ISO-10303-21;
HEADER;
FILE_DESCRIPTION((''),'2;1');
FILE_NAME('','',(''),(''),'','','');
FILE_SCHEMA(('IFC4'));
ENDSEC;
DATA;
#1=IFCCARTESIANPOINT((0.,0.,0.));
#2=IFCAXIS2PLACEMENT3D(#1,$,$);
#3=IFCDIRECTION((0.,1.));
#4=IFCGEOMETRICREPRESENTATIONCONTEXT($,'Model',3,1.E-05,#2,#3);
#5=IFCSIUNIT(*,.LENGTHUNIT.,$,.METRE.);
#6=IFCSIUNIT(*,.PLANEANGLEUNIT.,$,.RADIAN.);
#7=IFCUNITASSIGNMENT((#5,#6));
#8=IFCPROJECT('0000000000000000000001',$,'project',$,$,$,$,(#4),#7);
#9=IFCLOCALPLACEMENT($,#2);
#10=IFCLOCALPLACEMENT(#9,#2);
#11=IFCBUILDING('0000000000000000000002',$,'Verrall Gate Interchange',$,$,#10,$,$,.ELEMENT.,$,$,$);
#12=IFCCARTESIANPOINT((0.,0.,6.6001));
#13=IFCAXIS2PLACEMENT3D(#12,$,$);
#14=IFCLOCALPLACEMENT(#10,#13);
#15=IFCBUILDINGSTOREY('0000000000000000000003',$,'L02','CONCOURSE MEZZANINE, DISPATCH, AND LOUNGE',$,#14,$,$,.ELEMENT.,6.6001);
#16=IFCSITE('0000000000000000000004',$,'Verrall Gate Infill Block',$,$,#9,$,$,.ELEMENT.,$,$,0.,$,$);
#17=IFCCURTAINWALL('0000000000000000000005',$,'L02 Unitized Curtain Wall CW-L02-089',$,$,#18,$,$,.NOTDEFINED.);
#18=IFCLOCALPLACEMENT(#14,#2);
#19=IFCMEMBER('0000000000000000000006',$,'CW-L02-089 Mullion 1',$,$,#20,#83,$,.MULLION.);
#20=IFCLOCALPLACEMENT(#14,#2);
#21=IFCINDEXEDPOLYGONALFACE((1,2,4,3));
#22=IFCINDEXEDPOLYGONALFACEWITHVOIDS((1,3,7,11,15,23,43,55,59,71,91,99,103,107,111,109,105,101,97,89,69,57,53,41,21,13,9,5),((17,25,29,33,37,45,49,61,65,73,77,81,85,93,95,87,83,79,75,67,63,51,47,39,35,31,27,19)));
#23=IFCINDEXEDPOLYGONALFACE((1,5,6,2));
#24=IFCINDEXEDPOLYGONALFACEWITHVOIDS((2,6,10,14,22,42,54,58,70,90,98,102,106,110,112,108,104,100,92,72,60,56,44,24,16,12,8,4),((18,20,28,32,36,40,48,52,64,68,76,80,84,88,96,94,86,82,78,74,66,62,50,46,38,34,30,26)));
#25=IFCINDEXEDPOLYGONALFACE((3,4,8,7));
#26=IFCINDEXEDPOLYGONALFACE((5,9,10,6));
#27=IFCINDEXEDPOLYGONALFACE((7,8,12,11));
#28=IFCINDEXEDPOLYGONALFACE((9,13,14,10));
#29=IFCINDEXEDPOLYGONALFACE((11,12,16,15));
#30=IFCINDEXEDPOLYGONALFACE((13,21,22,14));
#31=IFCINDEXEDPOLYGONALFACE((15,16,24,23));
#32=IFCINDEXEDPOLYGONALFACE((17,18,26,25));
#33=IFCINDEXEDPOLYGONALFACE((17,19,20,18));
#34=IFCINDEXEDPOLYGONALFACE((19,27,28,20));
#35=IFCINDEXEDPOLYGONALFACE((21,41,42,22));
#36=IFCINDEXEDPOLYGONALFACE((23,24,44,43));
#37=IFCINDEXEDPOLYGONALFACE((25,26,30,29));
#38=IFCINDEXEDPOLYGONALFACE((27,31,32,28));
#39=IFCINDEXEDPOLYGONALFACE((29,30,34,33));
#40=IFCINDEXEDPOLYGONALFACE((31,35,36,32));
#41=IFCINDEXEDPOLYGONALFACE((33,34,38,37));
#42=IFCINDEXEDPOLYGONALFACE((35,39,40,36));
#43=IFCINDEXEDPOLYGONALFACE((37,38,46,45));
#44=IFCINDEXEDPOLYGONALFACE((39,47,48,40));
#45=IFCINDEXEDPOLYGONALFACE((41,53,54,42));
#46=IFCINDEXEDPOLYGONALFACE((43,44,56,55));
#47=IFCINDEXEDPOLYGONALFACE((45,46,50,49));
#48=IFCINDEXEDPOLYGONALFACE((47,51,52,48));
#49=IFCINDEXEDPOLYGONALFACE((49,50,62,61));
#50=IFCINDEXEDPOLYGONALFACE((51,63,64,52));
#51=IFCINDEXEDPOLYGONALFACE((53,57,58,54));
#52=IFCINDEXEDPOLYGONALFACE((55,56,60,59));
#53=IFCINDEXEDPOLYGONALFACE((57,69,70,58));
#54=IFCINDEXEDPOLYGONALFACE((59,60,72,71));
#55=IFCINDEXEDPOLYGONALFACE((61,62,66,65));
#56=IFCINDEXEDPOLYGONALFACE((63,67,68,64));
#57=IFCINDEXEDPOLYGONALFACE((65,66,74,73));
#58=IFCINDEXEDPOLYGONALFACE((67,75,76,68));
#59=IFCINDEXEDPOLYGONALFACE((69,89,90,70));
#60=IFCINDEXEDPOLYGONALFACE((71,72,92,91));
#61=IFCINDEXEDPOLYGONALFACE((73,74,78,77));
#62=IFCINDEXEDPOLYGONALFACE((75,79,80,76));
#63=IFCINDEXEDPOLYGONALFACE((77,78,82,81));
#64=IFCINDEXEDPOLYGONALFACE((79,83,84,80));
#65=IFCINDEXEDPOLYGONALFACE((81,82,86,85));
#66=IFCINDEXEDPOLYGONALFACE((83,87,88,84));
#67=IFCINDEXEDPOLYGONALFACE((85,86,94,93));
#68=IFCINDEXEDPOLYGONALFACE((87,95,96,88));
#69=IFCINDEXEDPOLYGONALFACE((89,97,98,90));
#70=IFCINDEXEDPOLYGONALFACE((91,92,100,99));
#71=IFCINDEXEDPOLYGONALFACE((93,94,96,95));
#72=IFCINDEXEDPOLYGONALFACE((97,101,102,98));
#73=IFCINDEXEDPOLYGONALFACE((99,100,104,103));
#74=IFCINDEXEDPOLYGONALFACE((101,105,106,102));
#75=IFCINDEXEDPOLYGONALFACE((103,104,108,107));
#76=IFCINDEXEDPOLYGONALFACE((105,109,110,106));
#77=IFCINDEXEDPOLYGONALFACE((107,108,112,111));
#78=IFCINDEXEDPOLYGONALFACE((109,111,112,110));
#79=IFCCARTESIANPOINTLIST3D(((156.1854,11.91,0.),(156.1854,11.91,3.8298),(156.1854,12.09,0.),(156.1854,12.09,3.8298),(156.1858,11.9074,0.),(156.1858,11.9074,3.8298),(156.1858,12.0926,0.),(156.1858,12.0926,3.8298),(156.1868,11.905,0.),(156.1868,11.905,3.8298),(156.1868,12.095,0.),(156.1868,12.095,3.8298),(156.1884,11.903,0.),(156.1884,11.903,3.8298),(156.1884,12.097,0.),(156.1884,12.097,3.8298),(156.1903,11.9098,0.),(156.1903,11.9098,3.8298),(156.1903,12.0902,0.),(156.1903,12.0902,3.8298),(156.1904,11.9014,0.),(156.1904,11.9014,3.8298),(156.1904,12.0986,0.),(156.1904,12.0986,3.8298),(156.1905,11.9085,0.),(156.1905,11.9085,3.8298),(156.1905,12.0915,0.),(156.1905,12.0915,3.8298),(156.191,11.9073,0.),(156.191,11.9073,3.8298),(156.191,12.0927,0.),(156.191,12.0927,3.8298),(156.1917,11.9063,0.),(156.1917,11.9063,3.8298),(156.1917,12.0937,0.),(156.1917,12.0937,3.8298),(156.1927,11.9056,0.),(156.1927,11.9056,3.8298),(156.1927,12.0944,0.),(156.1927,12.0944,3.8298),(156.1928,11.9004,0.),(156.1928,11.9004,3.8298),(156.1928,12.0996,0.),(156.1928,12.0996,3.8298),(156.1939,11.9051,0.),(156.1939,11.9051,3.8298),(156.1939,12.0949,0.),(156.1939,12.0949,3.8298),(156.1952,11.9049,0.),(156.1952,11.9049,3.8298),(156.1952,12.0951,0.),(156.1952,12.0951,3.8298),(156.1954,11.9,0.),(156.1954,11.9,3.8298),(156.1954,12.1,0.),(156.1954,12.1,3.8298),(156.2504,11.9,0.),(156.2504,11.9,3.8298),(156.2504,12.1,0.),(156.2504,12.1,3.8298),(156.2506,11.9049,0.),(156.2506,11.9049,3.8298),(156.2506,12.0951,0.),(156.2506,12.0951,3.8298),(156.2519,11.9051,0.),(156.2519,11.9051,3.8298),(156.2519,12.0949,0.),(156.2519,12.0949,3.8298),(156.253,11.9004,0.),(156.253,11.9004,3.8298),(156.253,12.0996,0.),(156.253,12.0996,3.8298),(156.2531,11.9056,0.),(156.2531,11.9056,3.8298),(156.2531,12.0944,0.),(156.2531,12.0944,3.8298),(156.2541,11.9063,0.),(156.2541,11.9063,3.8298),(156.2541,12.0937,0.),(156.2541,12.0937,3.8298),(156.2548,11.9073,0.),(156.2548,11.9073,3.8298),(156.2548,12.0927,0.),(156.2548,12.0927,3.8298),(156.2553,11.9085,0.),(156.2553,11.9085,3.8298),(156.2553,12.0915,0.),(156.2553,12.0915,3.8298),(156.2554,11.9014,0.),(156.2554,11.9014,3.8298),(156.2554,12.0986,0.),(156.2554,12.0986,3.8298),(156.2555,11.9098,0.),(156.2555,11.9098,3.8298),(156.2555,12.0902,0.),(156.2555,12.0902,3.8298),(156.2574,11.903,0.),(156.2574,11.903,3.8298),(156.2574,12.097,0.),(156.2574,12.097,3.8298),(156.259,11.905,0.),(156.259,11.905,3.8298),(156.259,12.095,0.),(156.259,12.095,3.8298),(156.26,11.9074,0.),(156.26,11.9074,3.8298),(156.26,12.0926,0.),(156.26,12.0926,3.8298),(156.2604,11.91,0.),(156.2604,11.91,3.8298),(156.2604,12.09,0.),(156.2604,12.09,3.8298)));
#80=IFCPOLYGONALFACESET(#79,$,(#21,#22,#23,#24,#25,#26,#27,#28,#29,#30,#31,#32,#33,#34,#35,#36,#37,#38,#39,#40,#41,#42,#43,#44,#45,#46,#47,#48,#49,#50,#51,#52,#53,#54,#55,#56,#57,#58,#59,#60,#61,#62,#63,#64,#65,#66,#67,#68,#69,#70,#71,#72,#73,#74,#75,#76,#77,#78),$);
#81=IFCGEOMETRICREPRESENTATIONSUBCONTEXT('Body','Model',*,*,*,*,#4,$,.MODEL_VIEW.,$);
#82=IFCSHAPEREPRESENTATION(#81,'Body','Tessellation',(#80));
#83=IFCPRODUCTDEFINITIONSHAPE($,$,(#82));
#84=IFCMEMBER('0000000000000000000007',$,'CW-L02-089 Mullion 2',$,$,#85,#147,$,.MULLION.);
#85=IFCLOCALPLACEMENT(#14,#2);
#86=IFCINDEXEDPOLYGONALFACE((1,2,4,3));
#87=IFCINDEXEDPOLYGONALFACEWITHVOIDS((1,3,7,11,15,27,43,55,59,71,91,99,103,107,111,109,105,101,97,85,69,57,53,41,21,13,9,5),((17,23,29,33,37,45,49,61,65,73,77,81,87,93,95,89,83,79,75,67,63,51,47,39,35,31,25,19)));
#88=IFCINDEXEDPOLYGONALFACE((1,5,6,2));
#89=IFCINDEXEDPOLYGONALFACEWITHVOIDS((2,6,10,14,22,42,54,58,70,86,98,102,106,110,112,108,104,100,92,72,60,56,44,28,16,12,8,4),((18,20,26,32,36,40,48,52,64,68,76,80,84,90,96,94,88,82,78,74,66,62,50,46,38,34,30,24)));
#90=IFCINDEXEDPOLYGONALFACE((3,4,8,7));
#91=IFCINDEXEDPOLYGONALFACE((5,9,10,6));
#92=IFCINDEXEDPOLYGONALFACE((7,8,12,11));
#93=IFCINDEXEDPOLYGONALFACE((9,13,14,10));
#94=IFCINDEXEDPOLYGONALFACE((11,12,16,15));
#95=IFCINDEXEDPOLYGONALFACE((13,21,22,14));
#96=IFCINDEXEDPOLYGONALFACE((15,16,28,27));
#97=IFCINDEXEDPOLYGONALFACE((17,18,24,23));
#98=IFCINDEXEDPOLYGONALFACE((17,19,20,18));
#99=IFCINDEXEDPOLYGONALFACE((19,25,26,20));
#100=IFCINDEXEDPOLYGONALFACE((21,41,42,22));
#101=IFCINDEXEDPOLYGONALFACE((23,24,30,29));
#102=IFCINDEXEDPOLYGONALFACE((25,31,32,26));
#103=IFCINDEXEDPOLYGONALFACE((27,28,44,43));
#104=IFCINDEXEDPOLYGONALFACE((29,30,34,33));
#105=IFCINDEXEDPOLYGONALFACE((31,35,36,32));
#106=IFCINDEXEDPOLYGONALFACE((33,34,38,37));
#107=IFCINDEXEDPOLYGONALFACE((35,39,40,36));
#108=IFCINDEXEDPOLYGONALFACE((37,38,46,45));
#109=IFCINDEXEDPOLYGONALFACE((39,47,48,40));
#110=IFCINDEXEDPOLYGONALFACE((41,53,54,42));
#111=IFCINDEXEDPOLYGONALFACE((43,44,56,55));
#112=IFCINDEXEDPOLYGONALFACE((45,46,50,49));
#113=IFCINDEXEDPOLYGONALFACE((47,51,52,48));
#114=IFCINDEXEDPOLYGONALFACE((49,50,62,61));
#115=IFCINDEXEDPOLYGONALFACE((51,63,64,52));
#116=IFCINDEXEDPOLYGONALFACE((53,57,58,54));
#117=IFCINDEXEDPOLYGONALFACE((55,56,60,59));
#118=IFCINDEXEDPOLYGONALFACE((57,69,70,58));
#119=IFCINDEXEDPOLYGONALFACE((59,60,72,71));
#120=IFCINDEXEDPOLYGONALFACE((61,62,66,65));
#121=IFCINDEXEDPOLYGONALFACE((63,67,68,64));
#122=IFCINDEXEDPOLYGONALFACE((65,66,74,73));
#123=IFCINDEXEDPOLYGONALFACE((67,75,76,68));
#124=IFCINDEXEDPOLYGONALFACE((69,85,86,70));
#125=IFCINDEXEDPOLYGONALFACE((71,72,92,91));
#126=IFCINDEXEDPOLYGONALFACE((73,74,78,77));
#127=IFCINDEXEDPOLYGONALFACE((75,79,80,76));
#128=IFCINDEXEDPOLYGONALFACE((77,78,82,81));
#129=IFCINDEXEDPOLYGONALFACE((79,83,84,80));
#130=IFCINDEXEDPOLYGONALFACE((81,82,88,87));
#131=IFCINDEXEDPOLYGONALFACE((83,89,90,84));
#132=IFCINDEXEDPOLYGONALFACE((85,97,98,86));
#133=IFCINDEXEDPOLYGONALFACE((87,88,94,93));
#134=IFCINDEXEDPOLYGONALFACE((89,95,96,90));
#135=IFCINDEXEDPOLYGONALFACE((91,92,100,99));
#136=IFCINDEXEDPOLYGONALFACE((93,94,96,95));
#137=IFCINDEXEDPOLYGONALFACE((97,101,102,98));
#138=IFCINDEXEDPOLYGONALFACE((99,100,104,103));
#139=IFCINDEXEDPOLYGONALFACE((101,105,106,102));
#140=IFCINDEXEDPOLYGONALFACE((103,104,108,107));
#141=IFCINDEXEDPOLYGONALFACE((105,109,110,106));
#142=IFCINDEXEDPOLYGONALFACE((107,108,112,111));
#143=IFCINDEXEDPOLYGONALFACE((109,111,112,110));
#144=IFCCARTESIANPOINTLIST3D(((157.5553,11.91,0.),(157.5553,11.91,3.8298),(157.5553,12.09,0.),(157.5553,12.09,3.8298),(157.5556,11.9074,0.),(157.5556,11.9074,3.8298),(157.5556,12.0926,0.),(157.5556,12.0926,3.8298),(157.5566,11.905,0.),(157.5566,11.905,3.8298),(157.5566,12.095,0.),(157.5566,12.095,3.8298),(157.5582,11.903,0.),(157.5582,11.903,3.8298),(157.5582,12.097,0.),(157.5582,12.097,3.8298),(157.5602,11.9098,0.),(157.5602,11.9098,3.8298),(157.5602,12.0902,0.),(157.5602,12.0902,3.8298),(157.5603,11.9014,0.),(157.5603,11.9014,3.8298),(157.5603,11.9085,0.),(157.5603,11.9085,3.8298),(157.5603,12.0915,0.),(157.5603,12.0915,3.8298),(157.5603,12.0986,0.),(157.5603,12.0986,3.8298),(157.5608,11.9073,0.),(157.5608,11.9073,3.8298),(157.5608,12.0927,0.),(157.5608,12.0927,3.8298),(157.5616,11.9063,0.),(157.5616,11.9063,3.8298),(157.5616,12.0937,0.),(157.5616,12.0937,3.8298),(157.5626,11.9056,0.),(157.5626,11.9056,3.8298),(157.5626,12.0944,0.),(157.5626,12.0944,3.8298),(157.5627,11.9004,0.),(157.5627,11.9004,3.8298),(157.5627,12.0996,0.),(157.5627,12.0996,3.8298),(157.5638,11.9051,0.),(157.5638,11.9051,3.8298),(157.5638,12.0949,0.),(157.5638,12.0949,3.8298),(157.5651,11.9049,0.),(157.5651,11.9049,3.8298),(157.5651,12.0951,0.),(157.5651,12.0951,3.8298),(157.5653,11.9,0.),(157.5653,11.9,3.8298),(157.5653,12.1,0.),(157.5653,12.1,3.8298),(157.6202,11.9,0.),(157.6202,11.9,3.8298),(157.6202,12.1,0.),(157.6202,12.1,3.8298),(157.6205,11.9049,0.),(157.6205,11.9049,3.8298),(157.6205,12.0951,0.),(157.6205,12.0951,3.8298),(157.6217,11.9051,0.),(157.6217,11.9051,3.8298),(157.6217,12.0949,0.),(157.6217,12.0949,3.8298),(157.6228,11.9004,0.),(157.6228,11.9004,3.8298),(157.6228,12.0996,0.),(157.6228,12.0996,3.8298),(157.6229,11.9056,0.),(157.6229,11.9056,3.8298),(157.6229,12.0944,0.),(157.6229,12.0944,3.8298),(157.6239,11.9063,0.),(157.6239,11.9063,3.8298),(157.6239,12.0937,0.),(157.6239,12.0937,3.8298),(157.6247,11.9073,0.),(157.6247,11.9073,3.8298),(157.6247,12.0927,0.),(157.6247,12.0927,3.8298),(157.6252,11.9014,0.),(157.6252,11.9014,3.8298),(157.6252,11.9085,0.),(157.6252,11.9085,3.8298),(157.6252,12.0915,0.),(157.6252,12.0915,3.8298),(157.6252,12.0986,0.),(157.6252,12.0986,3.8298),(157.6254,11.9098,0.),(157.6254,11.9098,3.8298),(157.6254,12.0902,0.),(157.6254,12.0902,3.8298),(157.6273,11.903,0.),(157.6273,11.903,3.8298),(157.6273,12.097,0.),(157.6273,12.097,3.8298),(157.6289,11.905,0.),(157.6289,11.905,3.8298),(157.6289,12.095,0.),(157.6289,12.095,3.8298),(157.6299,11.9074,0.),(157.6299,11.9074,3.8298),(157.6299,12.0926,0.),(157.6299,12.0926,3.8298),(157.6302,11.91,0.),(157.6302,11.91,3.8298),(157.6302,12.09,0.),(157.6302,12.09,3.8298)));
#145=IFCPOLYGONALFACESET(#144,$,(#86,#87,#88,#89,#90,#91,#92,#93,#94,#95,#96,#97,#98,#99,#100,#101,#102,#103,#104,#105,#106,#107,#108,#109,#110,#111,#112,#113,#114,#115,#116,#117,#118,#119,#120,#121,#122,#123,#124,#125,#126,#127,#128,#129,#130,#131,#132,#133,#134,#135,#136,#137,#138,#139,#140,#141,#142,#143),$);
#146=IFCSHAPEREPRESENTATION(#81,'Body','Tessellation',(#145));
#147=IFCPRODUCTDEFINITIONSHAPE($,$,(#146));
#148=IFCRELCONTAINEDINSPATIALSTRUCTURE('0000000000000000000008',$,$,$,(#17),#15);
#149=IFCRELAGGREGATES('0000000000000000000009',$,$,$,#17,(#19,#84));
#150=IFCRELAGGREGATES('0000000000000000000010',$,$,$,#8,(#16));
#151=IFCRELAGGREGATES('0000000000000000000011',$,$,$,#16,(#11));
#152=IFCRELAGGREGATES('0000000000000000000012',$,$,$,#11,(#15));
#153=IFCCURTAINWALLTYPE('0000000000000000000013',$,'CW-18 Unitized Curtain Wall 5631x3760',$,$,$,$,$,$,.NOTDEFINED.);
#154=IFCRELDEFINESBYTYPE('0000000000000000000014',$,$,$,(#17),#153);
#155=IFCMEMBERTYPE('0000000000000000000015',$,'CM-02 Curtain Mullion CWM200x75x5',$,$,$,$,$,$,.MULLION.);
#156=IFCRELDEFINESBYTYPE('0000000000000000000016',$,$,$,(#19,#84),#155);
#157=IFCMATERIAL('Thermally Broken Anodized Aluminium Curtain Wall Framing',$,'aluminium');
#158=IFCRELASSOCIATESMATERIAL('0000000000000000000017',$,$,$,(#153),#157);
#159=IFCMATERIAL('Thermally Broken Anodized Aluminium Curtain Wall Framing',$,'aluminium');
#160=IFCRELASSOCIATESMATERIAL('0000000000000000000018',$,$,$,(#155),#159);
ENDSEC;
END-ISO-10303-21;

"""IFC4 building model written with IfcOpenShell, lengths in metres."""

from ifc_helpers import new_model, si_unit, direction, frame, origin, origin_2d, place, context, subcontext, project, spatial, hollow_rectangle, extrude, material, material_profile, profile_set, type_object, element, aggregate, save


model = new_model("IFC4")

# Units and contexts
model_context = context("Model", 3, precision=1e-05, world=origin(), true_north=direction((0.0, 1.0)))
body_context = subcontext(model_context, "Body", "Model", "MODEL_VIEW")
ifc_project = project(units=[si_unit("LENGTHUNIT", "METRE"), si_unit("PLANEANGLEUNIT", "RADIAN")], contexts=[model_context])

# Site, building, storey
site_placement = place(None, origin())
site = spatial("IfcSite", under=ifc_project, at=site_placement, Name="Verrall Gate Infill Block", CompositionType="ELEMENT", RefElevation=0.0)
building_placement = place(site_placement, origin())
building = spatial("IfcBuilding", under=site, at=building_placement, Name="Verrall Gate Interchange", CompositionType="ELEMENT")
storey_placement = place(building_placement, frame((0.0, 0.0, 6.6001)))
storey = spatial("IfcBuildingStorey", under=building, at=storey_placement, Name="L02", Description="CONCOURSE MEZZANINE, DISPATCH, AND LOUNGE", CompositionType="ELEMENT", Elevation=6.6001)

# Curtain wall, members
ifc_material_1 = material(Name="Thermally Broken Anodized Aluminium Curtain Wall Framing", Category="aluminium")
curtain_wall_type_1 = type_object("IfcCurtainWallType", Name="CW-18 Unitized Curtain Wall 5631x3760", PredefinedType="NOTDEFINED", material=ifc_material_1)
curtain_wall_1_placement = place(storey_placement, origin())
curtain_wall_1 = element("IfcCurtainWall", 1, at=curtain_wall_1_placement, inside=storey, type_object=curtain_wall_type_1, Name="L02 Unitized Curtain Wall CW-L02-089", PredefinedType="NOTDEFINED")
ifc_material_2 = material(Name="Thermally Broken Anodized Aluminium Curtain Wall Framing", Category="aluminium")
ifc_material_profile_1 = material_profile(ifc_material_2, hollow_rectangle(XDim=0.075, YDim=0.2, WallThickness=0.0049, InnerFilletRadius=0.0049, OuterFilletRadius=0.01, at=origin_2d()), Name="CWM200x75x5")
ifc_profile_set_1 = profile_set([ifc_material_profile_1], Name="Thermally Broken Anodized Aluminium Curtain Wall Framing")
member_type_1 = type_object("IfcMemberType", Name="CM-02 Curtain Mullion CWM200x75x5", PredefinedType="MULLION", material=ifc_profile_set_1)
member_1_placement = place(storey_placement, frame((156.2229, 12.0, 0.0), z_axis=(0.0, 0.0, 1.0), x_axis=(1.0, 0.0, 0.0)))
member_1 = element("IfcMember", 2, at=member_1_placement, type_object=member_type_1, Name="CW-L02-089 Mullion 1", PredefinedType="MULLION", context=body_context, shape_type="SweptSolid", body=[
    extrude(hollow_rectangle(XDim=0.075, YDim=0.2, WallThickness=0.0049, InnerFilletRadius=0.0049, OuterFilletRadius=0.01, at=origin_2d()), origin(), (0.0, 0.0, 1.0), 3.8298),
])
member_2_placement = place(storey_placement, frame((157.5928, 12.0, 0.0), z_axis=(0.0, 0.0, 1.0), x_axis=(1.0, 0.0, 0.0)))
member_2 = element("IfcMember", 3, at=member_2_placement, type_object=member_type_1, Name="CW-L02-089 Mullion 2", PredefinedType="MULLION", context=body_context, shape_type="SweptSolid", body=[
    extrude(hollow_rectangle(XDim=0.075, YDim=0.2, WallThickness=0.0049, InnerFilletRadius=0.0049, OuterFilletRadius=0.01, at=origin_2d()), origin(), (0.0, 0.0, 1.0), 3.8298),
])

aggregate(curtain_wall_1, [member_1, member_2])

save(model, "model.ifc")
